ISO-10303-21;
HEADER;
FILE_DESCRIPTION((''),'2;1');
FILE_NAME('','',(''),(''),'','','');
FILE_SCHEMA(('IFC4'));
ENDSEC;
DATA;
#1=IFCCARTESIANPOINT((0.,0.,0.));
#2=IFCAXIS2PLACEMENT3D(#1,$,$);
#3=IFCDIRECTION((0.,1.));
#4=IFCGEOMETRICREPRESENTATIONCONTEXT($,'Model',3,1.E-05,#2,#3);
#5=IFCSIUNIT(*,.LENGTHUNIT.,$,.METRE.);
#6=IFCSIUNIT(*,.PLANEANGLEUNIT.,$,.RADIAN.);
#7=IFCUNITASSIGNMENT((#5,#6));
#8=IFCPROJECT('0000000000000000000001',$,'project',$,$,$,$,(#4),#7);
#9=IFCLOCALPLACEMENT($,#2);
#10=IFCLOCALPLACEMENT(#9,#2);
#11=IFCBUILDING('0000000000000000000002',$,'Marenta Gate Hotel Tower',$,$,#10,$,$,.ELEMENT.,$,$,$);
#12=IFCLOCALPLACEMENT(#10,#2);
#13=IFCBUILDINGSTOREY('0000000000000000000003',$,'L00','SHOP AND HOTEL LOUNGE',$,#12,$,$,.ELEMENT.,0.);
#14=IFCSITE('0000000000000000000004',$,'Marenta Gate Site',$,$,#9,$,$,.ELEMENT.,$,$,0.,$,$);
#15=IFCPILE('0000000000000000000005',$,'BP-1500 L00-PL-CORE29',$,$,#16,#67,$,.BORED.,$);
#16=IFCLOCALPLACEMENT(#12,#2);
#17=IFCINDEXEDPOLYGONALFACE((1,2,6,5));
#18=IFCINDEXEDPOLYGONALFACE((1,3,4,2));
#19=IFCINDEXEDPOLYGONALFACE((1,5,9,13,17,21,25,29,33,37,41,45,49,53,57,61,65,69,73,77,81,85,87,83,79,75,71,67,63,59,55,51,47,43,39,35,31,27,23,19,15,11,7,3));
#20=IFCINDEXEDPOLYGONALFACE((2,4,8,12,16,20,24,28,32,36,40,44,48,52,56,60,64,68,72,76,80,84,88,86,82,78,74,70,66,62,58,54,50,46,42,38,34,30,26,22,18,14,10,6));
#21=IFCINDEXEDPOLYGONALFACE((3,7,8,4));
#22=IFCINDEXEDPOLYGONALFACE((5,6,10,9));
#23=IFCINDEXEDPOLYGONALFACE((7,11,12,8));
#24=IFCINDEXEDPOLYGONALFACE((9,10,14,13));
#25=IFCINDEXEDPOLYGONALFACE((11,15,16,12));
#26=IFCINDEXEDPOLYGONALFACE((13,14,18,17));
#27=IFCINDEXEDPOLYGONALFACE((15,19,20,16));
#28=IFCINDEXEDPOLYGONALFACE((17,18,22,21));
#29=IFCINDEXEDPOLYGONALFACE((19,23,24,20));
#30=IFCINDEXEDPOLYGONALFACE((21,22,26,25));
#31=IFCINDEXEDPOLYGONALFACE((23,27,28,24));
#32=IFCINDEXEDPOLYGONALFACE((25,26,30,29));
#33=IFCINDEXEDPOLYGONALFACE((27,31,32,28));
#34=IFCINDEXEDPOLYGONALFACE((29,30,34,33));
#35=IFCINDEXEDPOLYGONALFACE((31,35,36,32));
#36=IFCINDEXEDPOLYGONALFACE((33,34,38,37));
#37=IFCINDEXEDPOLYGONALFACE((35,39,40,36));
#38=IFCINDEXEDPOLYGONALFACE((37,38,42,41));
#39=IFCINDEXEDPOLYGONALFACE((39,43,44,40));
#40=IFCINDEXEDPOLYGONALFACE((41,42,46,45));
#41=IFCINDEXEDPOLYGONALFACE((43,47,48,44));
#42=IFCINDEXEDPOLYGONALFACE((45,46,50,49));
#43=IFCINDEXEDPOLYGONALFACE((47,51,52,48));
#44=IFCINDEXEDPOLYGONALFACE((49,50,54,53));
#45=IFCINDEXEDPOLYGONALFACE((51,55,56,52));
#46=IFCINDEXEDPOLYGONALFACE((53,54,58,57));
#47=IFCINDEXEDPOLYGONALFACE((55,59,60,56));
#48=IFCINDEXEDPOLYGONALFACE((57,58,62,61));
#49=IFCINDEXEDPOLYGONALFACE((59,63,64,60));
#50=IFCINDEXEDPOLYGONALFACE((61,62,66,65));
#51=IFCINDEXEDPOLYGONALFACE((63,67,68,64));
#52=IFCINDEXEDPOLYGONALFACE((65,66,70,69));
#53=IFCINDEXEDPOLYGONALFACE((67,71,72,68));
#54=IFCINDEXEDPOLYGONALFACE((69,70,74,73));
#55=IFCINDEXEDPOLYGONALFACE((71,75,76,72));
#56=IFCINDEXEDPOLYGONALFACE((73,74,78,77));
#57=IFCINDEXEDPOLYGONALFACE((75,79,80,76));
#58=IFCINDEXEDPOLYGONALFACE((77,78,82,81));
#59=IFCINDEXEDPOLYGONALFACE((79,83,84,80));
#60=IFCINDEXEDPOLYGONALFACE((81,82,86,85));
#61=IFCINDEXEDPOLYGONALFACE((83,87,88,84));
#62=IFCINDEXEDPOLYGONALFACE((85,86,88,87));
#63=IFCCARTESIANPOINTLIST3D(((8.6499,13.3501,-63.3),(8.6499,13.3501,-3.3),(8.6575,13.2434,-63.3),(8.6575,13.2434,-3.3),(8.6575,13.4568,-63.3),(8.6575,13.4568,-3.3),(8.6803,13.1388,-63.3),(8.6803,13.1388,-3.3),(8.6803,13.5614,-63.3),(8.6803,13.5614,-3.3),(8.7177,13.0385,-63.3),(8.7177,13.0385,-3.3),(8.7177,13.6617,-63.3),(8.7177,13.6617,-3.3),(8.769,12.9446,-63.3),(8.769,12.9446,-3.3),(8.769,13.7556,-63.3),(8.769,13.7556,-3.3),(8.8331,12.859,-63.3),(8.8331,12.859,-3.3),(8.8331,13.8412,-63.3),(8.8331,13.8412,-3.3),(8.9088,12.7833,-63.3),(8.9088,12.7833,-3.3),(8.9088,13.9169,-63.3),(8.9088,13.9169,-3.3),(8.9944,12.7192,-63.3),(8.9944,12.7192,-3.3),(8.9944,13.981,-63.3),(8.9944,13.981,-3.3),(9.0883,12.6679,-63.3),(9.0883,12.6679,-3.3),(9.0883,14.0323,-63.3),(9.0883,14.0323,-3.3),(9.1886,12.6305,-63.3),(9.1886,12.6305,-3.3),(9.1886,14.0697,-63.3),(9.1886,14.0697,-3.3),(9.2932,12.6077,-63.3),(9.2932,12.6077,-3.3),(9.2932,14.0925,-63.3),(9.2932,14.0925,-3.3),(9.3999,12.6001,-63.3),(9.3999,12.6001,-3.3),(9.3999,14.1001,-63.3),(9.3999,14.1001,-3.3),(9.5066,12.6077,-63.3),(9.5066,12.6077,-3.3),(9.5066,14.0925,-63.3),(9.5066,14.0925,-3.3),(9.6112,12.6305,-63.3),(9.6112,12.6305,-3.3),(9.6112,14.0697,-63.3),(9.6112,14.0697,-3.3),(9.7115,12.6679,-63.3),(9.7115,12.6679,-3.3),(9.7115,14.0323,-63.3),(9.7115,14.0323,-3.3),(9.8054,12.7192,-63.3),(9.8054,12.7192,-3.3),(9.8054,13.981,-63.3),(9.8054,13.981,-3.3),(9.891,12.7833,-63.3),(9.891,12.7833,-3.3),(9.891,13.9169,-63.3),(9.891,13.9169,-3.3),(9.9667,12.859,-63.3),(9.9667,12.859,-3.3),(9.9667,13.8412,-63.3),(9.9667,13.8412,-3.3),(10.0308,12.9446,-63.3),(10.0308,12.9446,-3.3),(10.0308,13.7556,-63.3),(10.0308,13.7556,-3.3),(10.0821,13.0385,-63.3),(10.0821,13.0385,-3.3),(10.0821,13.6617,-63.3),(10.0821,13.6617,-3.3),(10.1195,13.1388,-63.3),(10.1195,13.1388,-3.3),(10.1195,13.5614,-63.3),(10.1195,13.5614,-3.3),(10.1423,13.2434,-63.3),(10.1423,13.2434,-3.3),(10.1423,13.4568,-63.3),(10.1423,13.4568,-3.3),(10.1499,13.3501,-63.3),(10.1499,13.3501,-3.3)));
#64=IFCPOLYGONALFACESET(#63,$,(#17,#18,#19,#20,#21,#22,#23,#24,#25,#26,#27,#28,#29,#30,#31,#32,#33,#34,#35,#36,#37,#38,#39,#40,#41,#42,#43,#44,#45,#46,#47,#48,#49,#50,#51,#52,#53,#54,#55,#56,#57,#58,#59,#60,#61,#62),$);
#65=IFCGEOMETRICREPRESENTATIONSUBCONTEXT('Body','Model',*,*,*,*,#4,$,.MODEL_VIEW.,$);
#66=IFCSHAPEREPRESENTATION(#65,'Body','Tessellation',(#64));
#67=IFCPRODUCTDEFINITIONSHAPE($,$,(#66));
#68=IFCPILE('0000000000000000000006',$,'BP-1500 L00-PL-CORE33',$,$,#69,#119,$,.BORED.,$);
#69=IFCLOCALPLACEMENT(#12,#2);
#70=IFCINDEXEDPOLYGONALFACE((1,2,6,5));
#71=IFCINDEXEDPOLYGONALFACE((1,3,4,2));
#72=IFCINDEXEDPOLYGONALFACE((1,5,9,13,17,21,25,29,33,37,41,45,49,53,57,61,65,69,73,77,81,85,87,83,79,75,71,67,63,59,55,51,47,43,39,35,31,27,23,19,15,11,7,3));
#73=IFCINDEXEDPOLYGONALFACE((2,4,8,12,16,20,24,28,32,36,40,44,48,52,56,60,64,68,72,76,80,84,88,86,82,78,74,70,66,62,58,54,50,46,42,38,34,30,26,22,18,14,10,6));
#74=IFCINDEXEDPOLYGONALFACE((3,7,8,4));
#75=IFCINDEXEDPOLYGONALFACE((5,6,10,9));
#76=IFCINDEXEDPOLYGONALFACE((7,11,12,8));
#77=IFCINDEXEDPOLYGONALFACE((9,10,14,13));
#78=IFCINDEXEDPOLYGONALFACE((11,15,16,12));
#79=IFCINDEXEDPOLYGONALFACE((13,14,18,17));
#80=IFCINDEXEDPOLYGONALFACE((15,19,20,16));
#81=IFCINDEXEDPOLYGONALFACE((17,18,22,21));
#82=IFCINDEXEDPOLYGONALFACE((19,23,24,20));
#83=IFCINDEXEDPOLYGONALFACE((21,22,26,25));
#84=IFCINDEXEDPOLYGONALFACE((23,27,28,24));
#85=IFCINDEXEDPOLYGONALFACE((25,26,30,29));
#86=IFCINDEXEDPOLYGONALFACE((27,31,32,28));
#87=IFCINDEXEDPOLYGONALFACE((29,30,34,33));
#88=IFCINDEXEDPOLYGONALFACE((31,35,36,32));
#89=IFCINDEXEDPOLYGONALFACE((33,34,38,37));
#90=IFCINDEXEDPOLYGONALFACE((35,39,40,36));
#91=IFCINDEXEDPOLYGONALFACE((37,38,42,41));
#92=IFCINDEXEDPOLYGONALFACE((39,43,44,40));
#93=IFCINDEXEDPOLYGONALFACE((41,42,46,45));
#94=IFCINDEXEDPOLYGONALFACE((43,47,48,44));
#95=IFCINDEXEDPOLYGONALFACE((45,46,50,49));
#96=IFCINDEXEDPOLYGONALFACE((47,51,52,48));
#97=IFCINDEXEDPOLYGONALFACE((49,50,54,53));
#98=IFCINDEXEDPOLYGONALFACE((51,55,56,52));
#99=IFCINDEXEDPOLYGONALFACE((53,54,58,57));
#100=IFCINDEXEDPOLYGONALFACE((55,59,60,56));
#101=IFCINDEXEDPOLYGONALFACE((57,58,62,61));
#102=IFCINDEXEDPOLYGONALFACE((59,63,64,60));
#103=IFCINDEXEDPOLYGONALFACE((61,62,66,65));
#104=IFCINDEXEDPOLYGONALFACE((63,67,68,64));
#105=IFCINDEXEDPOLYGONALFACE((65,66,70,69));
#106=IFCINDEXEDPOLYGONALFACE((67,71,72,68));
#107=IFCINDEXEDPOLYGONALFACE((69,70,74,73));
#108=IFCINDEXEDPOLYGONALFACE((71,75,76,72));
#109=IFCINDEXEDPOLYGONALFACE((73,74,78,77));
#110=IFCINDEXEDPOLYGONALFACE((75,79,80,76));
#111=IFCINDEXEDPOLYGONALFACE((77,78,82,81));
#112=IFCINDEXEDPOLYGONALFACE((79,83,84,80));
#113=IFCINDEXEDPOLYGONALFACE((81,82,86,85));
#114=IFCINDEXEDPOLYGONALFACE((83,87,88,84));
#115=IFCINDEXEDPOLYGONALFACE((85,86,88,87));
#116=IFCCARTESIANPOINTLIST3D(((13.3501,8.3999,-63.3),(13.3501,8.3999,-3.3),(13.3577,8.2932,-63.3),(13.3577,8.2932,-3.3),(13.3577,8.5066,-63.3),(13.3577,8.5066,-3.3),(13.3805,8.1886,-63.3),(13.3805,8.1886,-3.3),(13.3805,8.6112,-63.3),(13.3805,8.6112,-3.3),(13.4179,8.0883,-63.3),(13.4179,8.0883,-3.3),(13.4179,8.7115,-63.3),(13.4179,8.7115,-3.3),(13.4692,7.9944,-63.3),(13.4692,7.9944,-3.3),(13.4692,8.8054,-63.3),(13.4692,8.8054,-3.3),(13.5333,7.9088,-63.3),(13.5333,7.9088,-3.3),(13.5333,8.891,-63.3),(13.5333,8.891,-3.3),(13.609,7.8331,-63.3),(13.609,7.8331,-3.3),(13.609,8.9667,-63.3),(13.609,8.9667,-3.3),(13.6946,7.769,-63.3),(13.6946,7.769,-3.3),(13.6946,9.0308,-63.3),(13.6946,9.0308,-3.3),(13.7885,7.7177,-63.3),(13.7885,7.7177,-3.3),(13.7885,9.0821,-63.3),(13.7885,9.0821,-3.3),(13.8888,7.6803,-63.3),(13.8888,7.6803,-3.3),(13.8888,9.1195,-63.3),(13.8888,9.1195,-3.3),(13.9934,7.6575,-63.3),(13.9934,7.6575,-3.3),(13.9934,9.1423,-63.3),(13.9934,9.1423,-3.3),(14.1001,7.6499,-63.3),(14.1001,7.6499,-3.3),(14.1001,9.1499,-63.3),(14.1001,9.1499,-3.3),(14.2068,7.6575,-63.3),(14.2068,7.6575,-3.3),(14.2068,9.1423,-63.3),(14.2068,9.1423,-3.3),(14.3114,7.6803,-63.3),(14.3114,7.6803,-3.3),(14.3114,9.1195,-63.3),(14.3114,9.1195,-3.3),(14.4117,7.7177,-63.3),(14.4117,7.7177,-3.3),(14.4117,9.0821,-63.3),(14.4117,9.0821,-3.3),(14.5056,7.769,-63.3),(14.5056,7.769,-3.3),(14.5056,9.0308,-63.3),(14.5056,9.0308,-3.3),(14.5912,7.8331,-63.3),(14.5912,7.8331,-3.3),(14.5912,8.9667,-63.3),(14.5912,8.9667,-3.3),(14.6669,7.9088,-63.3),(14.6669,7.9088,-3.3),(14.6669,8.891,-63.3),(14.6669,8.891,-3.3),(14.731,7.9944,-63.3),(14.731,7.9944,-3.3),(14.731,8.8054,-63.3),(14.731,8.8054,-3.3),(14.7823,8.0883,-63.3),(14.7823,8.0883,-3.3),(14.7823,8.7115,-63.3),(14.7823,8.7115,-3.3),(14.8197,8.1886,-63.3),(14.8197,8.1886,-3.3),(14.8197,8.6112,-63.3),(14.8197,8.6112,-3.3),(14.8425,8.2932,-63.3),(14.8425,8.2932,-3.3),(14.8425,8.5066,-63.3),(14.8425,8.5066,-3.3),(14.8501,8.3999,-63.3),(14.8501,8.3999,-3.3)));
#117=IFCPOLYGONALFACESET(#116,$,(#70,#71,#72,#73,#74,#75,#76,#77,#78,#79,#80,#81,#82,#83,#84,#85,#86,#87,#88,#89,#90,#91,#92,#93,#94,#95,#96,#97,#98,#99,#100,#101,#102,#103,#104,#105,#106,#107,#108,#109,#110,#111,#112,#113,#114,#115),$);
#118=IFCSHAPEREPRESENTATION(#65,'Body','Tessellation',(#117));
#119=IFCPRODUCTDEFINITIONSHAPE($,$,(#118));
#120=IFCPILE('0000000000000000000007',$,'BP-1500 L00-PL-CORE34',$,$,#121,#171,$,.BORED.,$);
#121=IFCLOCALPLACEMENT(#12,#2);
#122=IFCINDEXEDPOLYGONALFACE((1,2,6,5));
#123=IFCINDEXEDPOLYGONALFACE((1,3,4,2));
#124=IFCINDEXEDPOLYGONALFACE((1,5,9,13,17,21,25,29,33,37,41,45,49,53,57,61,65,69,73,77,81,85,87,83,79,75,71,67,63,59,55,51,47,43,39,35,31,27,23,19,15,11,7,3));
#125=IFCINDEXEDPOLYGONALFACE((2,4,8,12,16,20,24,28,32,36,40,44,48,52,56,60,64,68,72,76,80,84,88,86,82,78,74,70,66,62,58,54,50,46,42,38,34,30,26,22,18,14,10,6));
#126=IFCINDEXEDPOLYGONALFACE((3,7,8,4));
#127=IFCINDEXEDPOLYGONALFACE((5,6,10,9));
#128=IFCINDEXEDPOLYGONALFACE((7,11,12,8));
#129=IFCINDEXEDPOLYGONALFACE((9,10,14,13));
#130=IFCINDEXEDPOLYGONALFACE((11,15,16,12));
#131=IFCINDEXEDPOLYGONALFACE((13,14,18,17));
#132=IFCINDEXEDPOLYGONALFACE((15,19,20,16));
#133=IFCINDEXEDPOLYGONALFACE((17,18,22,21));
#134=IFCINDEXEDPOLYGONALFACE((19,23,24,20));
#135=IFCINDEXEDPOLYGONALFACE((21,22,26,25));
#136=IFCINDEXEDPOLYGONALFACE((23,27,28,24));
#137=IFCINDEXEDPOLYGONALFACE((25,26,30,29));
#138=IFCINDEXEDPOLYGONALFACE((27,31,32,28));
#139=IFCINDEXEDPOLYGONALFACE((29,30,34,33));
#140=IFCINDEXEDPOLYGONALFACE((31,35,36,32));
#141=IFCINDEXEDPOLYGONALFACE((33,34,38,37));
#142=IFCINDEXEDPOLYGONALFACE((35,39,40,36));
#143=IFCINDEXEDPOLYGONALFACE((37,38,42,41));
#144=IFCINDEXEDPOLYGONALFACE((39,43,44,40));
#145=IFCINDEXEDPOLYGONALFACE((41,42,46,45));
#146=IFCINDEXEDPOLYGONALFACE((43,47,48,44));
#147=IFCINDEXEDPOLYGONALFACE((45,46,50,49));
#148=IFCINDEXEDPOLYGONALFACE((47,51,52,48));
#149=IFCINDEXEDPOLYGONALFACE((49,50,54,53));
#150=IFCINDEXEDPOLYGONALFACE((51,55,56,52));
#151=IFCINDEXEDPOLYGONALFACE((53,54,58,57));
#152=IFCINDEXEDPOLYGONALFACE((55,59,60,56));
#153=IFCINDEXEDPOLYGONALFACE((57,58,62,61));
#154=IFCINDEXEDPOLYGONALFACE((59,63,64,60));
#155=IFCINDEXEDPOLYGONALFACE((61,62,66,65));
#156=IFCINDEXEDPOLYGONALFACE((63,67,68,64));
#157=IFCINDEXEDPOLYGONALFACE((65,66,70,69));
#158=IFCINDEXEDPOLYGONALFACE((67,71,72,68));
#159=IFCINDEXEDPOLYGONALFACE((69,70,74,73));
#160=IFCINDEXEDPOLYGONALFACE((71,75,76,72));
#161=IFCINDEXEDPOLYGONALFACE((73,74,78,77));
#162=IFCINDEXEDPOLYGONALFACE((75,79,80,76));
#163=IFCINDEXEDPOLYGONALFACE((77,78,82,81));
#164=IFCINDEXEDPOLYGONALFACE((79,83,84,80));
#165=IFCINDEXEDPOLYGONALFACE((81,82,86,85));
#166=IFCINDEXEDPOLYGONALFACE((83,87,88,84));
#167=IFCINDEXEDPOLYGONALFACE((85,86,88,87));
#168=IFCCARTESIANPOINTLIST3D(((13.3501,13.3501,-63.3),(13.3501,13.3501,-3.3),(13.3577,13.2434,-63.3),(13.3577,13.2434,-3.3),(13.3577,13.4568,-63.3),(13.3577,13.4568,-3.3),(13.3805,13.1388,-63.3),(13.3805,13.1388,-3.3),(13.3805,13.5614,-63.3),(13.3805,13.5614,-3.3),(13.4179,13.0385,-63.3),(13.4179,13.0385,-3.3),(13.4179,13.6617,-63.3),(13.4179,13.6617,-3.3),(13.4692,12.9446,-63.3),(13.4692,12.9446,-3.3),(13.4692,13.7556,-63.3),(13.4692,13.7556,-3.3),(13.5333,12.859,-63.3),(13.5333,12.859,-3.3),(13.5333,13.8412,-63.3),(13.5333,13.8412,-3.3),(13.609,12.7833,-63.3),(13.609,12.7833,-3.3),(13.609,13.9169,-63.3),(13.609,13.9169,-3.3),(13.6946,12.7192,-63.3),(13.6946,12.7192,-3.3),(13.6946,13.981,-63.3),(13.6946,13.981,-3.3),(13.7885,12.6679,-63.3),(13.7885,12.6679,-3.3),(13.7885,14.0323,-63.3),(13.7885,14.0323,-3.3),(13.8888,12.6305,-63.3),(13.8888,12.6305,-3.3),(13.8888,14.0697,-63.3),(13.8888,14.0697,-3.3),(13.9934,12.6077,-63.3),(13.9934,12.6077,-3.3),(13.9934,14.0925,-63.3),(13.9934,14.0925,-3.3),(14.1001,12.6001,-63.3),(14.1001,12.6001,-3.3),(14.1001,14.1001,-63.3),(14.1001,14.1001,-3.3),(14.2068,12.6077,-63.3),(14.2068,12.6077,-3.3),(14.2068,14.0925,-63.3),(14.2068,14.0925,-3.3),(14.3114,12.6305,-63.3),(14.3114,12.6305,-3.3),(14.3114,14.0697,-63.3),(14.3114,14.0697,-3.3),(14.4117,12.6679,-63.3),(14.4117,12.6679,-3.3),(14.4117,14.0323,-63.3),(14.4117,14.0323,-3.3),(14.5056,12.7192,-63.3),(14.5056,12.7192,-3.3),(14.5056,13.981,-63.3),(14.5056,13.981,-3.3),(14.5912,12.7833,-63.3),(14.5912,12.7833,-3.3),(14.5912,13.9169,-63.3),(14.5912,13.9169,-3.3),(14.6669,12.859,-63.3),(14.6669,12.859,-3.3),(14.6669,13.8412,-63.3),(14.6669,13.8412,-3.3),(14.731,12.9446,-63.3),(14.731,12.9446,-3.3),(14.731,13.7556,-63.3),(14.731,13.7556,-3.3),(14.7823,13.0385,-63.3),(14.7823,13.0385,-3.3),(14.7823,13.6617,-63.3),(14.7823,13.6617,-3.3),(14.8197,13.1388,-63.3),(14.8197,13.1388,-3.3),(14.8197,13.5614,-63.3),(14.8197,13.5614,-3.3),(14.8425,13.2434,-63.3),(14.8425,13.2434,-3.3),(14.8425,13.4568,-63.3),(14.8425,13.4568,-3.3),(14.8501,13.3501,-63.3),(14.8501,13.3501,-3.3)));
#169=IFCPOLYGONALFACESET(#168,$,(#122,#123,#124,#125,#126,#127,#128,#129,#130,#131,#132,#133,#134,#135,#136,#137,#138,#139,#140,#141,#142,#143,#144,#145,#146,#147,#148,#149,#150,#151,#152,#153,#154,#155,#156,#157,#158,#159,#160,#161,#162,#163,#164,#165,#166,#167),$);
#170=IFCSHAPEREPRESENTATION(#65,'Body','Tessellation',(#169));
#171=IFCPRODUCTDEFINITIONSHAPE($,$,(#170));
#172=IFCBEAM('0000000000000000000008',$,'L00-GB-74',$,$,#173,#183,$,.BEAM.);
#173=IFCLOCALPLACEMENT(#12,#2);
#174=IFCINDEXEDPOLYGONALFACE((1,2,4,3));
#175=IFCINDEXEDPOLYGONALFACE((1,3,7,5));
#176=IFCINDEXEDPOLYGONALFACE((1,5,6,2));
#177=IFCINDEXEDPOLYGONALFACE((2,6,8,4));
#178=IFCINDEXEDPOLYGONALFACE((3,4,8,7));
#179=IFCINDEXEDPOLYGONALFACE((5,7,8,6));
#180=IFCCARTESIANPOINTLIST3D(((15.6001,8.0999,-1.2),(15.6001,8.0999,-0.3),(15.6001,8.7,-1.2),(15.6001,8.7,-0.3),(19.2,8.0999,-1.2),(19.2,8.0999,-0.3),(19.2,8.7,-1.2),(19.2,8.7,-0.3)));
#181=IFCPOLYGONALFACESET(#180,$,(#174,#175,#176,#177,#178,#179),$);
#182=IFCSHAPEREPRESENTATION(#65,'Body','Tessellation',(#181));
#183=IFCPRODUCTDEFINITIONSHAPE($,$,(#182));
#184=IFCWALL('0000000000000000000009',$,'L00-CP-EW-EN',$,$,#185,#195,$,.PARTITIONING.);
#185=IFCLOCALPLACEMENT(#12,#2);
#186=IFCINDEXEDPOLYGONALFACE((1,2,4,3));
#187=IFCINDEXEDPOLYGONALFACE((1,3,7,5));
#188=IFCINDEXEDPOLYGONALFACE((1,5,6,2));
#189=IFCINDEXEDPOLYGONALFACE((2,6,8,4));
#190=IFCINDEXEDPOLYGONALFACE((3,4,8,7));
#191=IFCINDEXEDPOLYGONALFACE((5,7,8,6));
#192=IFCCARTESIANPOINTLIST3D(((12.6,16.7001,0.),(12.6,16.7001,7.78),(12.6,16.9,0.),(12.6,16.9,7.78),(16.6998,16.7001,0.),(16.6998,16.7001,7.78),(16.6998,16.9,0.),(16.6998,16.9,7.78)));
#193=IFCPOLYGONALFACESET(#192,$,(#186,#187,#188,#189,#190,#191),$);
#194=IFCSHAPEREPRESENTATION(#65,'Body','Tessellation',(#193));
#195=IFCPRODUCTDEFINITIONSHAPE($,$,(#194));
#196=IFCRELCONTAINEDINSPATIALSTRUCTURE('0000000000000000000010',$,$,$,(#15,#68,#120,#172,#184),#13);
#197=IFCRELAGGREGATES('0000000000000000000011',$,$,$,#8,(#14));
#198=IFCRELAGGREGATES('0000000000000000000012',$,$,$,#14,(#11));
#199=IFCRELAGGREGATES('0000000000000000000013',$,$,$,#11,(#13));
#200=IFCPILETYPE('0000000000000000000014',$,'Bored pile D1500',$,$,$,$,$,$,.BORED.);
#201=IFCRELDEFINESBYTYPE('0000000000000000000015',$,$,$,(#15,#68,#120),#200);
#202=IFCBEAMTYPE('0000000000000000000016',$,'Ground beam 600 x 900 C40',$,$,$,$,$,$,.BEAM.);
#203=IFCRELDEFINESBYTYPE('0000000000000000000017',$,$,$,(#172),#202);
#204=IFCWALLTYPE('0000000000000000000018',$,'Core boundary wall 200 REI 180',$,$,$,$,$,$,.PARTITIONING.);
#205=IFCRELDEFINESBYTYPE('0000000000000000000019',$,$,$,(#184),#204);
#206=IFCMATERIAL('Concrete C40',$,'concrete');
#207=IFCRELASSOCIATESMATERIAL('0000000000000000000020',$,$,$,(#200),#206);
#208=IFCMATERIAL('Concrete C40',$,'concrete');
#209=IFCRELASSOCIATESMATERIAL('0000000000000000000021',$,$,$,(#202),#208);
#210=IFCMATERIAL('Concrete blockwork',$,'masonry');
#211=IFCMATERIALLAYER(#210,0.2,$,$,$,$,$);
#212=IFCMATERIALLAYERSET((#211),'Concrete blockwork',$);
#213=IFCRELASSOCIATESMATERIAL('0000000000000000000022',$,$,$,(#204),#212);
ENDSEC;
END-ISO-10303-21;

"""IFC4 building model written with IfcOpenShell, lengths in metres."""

from ifc_helpers import new_model, si_unit, direction, frame, frame_2d, origin, origin_2d, place, context, subcontext, project, spatial, rectangle, circle, extrude, material, layer, layer_set, material_profile, profile_set, type_object, element, save


model = new_model("IFC4")

# Units and contexts
model_context = context("Model", 3, precision=1e-05, world=origin(), true_north=direction((0.0, 1.0)))
body_context = subcontext(model_context, "Body", "Model", "MODEL_VIEW")
ifc_project = project(units=[si_unit("LENGTHUNIT", "METRE"), si_unit("PLANEANGLEUNIT", "RADIAN")], contexts=[model_context])

# Site, building, storey
site_placement = place(None, origin())
site = spatial("IfcSite", under=ifc_project, at=site_placement, Name="Marenta Gate Site", CompositionType="ELEMENT", RefElevation=0.0)
building_placement = place(site_placement, origin())
building = spatial("IfcBuilding", under=site, at=building_placement, Name="Marenta Gate Hotel Tower", CompositionType="ELEMENT")
storey_placement = place(building_placement, origin())
storey = spatial("IfcBuildingStorey", under=building, at=storey_placement, Name="L00", Description="SHOP AND HOTEL LOUNGE", CompositionType="ELEMENT", Elevation=0.0)

# Piles
ifc_material_1 = material(Name="Concrete C40", Category="concrete")
pile_type = type_object("IfcPileType", Name="Bored pile D1500", PredefinedType="BORED", material=ifc_material_1)
for number, where, z_axis, x_axis, name in (
    (1, (9.3999, 13.3501, -3.3), (0.0, 0.0, -1.0), (1.0, 0.0, 0.0), "BP-1500 L00-PL-CORE29"),
    (2, (14.1001, 8.3999, -3.3), (0.0, 0.0, -1.0), (1.0, 0.0, 0.0), "BP-1500 L00-PL-CORE33"),
    (3, (14.1001, 13.3501, -3.3), (0.0, 0.0, -1.0), (1.0, 0.0, 0.0), "BP-1500 L00-PL-CORE34"),
):
    element("IfcPile", number, at=place(storey_placement, frame(where, z_axis=z_axis, x_axis=x_axis)), inside=storey, type_object=pile_type, Name=name, PredefinedType="BORED", context=body_context, shape_type="SweptSolid", body=[
        extrude(circle(Radius=0.75, at=origin_2d()), origin(), (0.0, 0.0, 1.0), 60.0),
    ])

# Beam
ifc_material_2 = material(Name="Concrete C40", Category="concrete")
ifc_material_profile = material_profile(ifc_material_2, rectangle(XDim=0.6001, YDim=0.8999, at=origin_2d()), Name="600 x 900")
ifc_profile_set = profile_set([ifc_material_profile], Name="Concrete C40")
beam_type = type_object("IfcBeamType", Name="Ground beam 600 x 900 C40", PredefinedType="BEAM", material=ifc_profile_set)
beam_placement = place(storey_placement, frame((15.6001, 8.3999, -0.75), z_axis=(1.0, 0.0, 0.0), x_axis=(0.0, 1.0, 0.0)))
element("IfcBeam", 4, at=beam_placement, inside=storey, type_object=beam_type, Name="L00-GB-74", PredefinedType="BEAM", context=body_context, shape_type="SweptSolid", body=[
    extrude(rectangle(XDim=0.6001, YDim=0.8999, at=origin_2d()), origin(), (0.0, 0.0, 1.0), 3.5999),
])

# Wall
ifc_material_3 = material(Name="Concrete blockwork", Category="masonry")
ifc_layer_1 = layer(ifc_material_3, 0.2)
ifc_layer_set_1 = layer_set([ifc_layer_1], Name="Concrete blockwork")
wall_type_1 = type_object("IfcWallType", Name="Core boundary wall 200 REI 180", PredefinedType="PARTITIONING", material=ifc_layer_set_1)
wall_1_placement = place(storey_placement, frame((12.6001, 16.8, 0.0), z_axis=(0.0, 0.0, 1.0), x_axis=(1.0, 0.0, 0.0)))
element("IfcWall", 5, at=wall_1_placement, inside=storey, type_object=wall_type_1, Name="L00-CP-EW-EN", PredefinedType="PARTITIONING", context=body_context, shape_type="SweptSolid", body=[
    extrude(rectangle(XDim=4.0999, YDim=0.2, at=frame_2d((2.0498, 0.0))), origin(), (0.0, 0.0, 1.0), 7.78),
])

save(model, "model.ifc")
